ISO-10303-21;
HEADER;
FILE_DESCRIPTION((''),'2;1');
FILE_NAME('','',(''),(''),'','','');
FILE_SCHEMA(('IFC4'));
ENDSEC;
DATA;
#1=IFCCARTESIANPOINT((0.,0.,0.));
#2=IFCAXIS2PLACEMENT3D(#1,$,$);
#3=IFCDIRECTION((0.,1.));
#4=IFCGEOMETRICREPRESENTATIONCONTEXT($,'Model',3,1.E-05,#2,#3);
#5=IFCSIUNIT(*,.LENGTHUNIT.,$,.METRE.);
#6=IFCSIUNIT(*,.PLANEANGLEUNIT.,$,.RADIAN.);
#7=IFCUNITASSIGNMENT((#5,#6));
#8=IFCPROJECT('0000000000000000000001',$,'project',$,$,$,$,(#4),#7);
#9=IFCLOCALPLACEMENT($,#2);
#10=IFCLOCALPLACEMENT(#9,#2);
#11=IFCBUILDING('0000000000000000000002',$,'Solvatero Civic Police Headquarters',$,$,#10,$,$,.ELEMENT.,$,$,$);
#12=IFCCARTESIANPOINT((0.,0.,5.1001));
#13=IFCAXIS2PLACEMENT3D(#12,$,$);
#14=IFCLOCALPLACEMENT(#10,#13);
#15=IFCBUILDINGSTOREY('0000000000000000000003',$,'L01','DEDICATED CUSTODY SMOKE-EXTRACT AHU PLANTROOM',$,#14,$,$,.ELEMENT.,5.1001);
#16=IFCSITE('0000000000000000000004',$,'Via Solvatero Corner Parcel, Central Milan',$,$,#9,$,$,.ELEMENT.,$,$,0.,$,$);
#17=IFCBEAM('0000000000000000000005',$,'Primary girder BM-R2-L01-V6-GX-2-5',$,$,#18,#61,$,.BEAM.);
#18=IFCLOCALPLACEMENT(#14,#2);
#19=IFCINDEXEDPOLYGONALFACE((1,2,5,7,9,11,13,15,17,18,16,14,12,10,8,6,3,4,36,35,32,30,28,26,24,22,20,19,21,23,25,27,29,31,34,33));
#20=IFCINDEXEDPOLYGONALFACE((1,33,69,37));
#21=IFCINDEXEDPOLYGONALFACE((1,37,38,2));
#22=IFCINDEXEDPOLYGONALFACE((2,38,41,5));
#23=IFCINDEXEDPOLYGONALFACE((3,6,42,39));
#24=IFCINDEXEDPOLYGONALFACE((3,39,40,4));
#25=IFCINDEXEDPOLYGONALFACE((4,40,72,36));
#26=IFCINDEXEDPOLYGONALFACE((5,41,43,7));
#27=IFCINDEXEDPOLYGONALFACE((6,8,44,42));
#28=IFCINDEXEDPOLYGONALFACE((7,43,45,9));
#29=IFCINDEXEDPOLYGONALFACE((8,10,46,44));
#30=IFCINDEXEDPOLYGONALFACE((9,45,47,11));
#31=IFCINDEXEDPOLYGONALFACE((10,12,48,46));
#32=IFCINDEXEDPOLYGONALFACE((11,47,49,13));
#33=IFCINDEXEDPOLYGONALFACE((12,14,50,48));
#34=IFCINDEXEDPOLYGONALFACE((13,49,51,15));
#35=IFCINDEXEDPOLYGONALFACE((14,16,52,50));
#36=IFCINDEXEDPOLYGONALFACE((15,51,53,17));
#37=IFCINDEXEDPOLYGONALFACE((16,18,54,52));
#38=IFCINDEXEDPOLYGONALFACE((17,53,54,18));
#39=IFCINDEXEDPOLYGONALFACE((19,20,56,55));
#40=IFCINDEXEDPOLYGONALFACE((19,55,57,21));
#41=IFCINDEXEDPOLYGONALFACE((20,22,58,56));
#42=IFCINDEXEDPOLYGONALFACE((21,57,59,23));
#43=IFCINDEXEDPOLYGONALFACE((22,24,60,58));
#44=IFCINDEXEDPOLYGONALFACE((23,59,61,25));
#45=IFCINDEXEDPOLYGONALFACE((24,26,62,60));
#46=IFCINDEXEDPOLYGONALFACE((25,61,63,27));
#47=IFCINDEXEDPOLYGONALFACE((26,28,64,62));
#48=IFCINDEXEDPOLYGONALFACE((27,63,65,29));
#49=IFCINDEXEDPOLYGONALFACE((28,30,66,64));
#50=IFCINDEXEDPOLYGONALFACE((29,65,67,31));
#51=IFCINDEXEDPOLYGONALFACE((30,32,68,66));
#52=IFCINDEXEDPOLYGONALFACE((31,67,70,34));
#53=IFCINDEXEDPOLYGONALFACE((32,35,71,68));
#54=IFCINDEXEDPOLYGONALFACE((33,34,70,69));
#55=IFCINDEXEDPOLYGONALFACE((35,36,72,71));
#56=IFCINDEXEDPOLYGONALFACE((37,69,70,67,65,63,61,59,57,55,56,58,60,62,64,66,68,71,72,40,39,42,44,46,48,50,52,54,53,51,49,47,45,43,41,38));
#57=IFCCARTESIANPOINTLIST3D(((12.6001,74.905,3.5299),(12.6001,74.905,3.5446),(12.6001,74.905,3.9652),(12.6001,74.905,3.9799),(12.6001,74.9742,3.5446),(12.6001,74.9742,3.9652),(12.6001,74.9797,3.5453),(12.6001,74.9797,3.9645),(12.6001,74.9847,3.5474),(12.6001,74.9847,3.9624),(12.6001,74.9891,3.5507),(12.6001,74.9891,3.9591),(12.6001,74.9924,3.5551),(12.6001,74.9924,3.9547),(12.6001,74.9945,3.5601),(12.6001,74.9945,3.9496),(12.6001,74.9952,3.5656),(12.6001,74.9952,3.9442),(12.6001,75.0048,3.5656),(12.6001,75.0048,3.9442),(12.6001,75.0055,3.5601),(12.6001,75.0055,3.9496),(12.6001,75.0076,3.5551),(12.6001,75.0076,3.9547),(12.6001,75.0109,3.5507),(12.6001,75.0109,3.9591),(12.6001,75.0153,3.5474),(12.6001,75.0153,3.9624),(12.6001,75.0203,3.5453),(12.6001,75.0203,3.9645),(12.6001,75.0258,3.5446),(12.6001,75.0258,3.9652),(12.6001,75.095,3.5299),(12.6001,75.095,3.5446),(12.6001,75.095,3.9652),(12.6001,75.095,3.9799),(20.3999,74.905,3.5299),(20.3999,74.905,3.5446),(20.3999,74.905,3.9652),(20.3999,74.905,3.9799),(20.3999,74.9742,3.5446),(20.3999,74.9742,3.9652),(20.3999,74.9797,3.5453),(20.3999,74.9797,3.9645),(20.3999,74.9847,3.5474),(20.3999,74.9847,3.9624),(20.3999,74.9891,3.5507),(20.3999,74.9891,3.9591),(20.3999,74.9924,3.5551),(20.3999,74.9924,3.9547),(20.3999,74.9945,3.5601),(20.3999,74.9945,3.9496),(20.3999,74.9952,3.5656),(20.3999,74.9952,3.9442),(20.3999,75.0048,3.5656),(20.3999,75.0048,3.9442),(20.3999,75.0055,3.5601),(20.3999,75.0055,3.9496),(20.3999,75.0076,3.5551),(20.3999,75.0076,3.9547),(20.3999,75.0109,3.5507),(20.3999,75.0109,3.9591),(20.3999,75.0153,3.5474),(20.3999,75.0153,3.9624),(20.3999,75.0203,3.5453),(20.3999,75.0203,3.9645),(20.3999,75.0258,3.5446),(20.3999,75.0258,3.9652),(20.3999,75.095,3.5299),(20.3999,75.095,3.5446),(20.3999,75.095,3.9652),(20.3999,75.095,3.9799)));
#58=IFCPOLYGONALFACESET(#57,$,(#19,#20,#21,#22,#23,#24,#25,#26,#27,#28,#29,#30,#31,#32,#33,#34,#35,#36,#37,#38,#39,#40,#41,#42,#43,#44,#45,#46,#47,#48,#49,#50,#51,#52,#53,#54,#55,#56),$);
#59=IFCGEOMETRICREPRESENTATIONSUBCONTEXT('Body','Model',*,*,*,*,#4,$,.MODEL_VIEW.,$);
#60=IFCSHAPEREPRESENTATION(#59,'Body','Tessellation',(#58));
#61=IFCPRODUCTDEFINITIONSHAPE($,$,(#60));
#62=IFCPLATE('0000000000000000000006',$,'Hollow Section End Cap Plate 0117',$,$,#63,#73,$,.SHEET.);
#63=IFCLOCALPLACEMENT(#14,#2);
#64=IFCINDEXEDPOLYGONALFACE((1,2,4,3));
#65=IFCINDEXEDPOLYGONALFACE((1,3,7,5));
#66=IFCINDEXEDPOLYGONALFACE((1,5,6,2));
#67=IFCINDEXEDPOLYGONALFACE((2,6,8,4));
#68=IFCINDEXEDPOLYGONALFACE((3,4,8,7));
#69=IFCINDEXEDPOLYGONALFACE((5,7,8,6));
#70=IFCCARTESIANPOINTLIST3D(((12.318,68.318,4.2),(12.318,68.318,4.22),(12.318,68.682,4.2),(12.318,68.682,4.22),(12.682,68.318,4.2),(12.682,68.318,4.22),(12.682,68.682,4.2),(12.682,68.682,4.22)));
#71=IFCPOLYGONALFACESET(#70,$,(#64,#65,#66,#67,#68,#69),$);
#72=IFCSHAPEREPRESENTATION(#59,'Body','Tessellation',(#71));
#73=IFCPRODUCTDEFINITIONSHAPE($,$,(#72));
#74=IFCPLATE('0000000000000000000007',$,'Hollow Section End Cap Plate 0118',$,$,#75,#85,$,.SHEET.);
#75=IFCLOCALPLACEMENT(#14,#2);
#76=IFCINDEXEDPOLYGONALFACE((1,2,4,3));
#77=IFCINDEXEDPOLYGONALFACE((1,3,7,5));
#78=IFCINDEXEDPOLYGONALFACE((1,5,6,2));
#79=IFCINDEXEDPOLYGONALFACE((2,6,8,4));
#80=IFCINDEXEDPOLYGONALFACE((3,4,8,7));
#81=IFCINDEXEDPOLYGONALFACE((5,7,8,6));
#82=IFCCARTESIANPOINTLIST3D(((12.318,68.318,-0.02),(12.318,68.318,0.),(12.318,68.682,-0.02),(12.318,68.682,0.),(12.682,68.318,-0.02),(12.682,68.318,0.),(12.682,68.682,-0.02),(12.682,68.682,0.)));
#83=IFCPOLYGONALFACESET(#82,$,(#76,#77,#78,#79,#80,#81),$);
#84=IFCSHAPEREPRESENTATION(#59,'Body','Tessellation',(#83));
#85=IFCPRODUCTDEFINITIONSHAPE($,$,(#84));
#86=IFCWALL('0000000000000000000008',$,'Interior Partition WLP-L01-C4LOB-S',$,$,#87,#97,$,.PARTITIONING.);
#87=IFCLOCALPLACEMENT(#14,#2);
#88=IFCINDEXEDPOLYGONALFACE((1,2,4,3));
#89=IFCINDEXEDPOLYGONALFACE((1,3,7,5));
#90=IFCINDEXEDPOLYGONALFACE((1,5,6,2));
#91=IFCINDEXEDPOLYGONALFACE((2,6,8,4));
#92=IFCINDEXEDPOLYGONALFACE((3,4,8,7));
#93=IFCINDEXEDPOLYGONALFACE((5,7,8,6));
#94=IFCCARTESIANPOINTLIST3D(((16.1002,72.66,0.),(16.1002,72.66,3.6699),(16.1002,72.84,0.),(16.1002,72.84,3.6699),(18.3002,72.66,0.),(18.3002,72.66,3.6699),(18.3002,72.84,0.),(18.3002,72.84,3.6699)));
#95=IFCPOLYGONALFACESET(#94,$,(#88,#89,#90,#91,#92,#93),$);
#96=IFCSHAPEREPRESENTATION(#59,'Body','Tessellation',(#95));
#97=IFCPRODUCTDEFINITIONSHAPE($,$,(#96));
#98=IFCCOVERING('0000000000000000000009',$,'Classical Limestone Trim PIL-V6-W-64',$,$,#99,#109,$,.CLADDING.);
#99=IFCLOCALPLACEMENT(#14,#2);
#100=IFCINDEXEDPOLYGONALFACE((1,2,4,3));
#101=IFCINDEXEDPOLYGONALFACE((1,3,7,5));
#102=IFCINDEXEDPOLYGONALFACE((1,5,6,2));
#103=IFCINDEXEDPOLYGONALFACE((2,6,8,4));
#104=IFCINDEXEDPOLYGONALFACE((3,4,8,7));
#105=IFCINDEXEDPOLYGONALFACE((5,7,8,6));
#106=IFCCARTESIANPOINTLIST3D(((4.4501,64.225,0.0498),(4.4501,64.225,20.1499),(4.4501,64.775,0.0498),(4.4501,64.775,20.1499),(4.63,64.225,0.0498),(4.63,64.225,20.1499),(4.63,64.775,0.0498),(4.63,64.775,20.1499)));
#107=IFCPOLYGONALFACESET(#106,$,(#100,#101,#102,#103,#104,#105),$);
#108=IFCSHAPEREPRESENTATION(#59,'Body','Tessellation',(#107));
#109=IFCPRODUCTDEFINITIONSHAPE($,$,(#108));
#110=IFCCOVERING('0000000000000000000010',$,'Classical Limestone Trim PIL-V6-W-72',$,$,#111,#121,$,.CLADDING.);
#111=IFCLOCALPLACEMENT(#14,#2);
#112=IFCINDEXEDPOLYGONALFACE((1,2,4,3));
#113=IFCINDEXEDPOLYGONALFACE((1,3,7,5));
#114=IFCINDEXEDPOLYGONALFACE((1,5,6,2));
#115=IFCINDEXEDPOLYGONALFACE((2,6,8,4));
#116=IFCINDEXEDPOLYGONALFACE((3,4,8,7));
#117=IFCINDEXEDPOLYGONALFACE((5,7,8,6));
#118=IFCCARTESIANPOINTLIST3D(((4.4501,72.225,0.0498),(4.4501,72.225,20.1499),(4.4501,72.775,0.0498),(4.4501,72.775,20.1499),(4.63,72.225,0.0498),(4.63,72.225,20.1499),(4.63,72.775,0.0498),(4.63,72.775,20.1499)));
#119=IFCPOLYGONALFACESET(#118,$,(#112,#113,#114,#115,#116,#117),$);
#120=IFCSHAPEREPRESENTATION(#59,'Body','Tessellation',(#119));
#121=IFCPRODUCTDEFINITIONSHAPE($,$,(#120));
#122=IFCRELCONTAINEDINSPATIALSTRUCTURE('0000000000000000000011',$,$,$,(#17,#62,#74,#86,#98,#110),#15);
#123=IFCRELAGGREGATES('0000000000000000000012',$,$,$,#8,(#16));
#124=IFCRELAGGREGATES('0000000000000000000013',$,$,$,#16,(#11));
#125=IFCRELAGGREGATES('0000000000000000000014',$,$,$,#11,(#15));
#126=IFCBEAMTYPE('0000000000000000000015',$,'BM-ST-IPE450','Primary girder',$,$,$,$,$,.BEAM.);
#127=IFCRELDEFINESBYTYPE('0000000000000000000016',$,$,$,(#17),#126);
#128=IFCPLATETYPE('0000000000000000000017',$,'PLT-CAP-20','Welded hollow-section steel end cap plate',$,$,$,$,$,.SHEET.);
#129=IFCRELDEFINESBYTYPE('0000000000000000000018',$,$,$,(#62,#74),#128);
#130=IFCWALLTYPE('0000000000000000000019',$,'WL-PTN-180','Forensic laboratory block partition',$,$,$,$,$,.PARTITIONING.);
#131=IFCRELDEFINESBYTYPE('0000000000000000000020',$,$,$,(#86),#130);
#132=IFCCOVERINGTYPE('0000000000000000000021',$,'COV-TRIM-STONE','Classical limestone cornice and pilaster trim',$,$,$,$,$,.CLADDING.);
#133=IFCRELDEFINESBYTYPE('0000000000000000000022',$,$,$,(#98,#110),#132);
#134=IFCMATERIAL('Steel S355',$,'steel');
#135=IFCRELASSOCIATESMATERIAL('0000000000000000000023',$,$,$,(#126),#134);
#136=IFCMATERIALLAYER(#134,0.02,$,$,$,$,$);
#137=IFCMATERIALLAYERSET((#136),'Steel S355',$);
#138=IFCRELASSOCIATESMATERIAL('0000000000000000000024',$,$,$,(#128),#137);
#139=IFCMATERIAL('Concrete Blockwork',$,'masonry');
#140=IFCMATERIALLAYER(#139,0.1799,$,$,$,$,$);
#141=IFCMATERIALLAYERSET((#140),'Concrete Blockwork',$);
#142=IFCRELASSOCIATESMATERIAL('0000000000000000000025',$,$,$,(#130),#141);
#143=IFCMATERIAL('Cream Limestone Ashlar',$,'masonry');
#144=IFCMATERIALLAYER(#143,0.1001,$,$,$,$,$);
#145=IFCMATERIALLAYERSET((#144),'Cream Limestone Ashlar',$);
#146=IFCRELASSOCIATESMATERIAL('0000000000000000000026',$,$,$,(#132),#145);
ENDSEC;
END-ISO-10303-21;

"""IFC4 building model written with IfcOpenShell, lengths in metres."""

from ifc_helpers import new_model, si_unit, direction, frame, frame_2d, origin, origin_2d, place, context, subcontext, project, spatial, rectangle, i_section, extrude, material, layer, layer_set, material_profile, profile_set, type_object, element, save


model = new_model("IFC4")

# Units and contexts
model_context = context("Model", 3, precision=1e-05, world=origin(), true_north=direction((0.0, 1.0)))
body_context = subcontext(model_context, "Body", "Model", "MODEL_VIEW")
ifc_project = project(units=[si_unit("LENGTHUNIT", "METRE"), si_unit("PLANEANGLEUNIT", "RADIAN")], contexts=[model_context])

# Site, building, storey
site_placement = place(None, origin())
site = spatial("IfcSite", under=ifc_project, at=site_placement, Name="Via Solvatero Corner Parcel, Central Milan", CompositionType="ELEMENT", RefElevation=0.0)
building_placement = place(site_placement, origin())
building = spatial("IfcBuilding", under=site, at=building_placement, Name="Solvatero Civic Police Headquarters", CompositionType="ELEMENT")
storey_placement = place(building_placement, frame((0.0, 0.0, 5.1001)))
storey = spatial("IfcBuildingStorey", under=building, at=storey_placement, Name="L01", Description="DEDICATED CUSTODY SMOKE-EXTRACT AHU PLANTROOM", CompositionType="ELEMENT", Elevation=5.1001)

# Shared definitions
ifc_material_1 = material(Name="Steel S355", Category="steel")

# Beam
ifc_material_profile_1 = material_profile(ifc_material_1, i_section(OverallWidth=0.1899, OverallDepth=0.45, WebThickness=0.0095, FlangeThickness=0.0146, FilletRadius=0.021, at=origin_2d()), Name="IPE 450")
ifc_profile_set_1 = profile_set([ifc_material_profile_1], Name="Steel S355")
beam_type_1 = type_object("IfcBeamType", Name="BM-ST-IPE450", Description="Primary girder", PredefinedType="BEAM", material=ifc_profile_set_1)
beam_1_placement = place(storey_placement, frame((12.6001, 75.0, 3.7549), z_axis=(1.0, 0.0, 0.0), x_axis=(0.0, 1.0, 0.0)))
element("IfcBeam", 1, at=beam_1_placement, inside=storey, type_object=beam_type_1, Name="Primary girder BM-R2-L01-V6-GX-2-5", PredefinedType="BEAM", context=body_context, shape_type="SweptSolid", body=[
    extrude(i_section(OverallWidth=0.1899, OverallDepth=0.45, WebThickness=0.0095, FlangeThickness=0.0146, FilletRadius=0.021, at=origin_2d()), origin(), (0.0, 0.0, 1.0), 7.7998),
])

# Plates
ifc_layer_1 = layer(ifc_material_1, 0.02)
ifc_layer_set_1 = layer_set([ifc_layer_1], Name="Steel S355")
plate_type = type_object("IfcPlateType", Name="PLT-CAP-20", Description="Welded hollow-section steel end cap plate", PredefinedType="SHEET", material=ifc_layer_set_1)
for number, where, z_axis, x_axis, name in (
    (2, (12.5, 68.5, 4.2), (0.0, 0.0, 1.0), (1.0, 0.0, 0.0), "Hollow Section End Cap Plate 0117"),
    (3, (12.5, 68.5, -0.02), (0.0, 0.0, 1.0), (1.0, 0.0, 0.0), "Hollow Section End Cap Plate 0118"),
):
    element("IfcPlate", number, at=place(storey_placement, frame(where, z_axis=z_axis, x_axis=x_axis)), inside=storey, type_object=plate_type, Name=name, PredefinedType="SHEET", context=body_context, shape_type="SweptSolid", body=[
        extrude(rectangle(XDim=0.364, YDim=0.364, at=origin_2d()), origin(), (0.0, 0.0, 1.0), 0.02),
    ])

# Wall
ifc_material_2 = material(Name="Concrete Blockwork", Category="masonry")
ifc_layer_2 = layer(ifc_material_2, 0.1799)
ifc_layer_set_2 = layer_set([ifc_layer_2], Name="Concrete Blockwork")
wall_type = type_object("IfcWallType", Name="WL-PTN-180", Description="Forensic laboratory block partition", PredefinedType="PARTITIONING", material=ifc_layer_set_2)
wall_placement = place(storey_placement, frame((16.1001, 72.75, 0.0), z_axis=(0.0, 0.0, 1.0), x_axis=(1.0, 0.0, 0.0)))
element("IfcWall", 4, at=wall_placement, inside=storey, type_object=wall_type, Name="Interior Partition WLP-L01-C4LOB-S", PredefinedType="PARTITIONING", context=body_context, shape_type="SweptSolid", body=[
    extrude(rectangle(XDim=2.2, YDim=0.1799, at=frame_2d((1.1001, 0.0))), origin(), (0.0, 0.0, 1.0), 3.6699),
])

# Coverings
ifc_material_3 = material(Name="Cream Limestone Ashlar", Category="masonry")
ifc_layer_3 = layer(ifc_material_3, 0.1001)
ifc_layer_set_3 = layer_set([ifc_layer_3], Name="Cream Limestone Ashlar")
covering_type = type_object("IfcCoveringType", Name="COV-TRIM-STONE", Description="Classical limestone cornice and pilaster trim", PredefinedType="CLADDING", material=ifc_layer_set_3)
for number, where, z_axis, x_axis, name in (
    (5, (4.54, 64.5, 0.0498), (0.0, 0.0, 1.0), (1.0, 0.0, 0.0), "Classical Limestone Trim PIL-V6-W-64"),
    (6, (4.54, 72.5, 0.0498), (0.0, 0.0, 1.0), (1.0, 0.0, 0.0), "Classical Limestone Trim PIL-V6-W-72"),
):
    element("IfcCovering", number, at=place(storey_placement, frame(where, z_axis=z_axis, x_axis=x_axis)), inside=storey, type_object=covering_type, Name=name, PredefinedType="CLADDING", context=body_context, shape_type="SweptSolid", body=[
        extrude(rectangle(XDim=0.1799, YDim=0.55, at=origin_2d()), origin(), (0.0, 0.0, 1.0), 20.1001),
    ])

save(model, "model.ifc")
